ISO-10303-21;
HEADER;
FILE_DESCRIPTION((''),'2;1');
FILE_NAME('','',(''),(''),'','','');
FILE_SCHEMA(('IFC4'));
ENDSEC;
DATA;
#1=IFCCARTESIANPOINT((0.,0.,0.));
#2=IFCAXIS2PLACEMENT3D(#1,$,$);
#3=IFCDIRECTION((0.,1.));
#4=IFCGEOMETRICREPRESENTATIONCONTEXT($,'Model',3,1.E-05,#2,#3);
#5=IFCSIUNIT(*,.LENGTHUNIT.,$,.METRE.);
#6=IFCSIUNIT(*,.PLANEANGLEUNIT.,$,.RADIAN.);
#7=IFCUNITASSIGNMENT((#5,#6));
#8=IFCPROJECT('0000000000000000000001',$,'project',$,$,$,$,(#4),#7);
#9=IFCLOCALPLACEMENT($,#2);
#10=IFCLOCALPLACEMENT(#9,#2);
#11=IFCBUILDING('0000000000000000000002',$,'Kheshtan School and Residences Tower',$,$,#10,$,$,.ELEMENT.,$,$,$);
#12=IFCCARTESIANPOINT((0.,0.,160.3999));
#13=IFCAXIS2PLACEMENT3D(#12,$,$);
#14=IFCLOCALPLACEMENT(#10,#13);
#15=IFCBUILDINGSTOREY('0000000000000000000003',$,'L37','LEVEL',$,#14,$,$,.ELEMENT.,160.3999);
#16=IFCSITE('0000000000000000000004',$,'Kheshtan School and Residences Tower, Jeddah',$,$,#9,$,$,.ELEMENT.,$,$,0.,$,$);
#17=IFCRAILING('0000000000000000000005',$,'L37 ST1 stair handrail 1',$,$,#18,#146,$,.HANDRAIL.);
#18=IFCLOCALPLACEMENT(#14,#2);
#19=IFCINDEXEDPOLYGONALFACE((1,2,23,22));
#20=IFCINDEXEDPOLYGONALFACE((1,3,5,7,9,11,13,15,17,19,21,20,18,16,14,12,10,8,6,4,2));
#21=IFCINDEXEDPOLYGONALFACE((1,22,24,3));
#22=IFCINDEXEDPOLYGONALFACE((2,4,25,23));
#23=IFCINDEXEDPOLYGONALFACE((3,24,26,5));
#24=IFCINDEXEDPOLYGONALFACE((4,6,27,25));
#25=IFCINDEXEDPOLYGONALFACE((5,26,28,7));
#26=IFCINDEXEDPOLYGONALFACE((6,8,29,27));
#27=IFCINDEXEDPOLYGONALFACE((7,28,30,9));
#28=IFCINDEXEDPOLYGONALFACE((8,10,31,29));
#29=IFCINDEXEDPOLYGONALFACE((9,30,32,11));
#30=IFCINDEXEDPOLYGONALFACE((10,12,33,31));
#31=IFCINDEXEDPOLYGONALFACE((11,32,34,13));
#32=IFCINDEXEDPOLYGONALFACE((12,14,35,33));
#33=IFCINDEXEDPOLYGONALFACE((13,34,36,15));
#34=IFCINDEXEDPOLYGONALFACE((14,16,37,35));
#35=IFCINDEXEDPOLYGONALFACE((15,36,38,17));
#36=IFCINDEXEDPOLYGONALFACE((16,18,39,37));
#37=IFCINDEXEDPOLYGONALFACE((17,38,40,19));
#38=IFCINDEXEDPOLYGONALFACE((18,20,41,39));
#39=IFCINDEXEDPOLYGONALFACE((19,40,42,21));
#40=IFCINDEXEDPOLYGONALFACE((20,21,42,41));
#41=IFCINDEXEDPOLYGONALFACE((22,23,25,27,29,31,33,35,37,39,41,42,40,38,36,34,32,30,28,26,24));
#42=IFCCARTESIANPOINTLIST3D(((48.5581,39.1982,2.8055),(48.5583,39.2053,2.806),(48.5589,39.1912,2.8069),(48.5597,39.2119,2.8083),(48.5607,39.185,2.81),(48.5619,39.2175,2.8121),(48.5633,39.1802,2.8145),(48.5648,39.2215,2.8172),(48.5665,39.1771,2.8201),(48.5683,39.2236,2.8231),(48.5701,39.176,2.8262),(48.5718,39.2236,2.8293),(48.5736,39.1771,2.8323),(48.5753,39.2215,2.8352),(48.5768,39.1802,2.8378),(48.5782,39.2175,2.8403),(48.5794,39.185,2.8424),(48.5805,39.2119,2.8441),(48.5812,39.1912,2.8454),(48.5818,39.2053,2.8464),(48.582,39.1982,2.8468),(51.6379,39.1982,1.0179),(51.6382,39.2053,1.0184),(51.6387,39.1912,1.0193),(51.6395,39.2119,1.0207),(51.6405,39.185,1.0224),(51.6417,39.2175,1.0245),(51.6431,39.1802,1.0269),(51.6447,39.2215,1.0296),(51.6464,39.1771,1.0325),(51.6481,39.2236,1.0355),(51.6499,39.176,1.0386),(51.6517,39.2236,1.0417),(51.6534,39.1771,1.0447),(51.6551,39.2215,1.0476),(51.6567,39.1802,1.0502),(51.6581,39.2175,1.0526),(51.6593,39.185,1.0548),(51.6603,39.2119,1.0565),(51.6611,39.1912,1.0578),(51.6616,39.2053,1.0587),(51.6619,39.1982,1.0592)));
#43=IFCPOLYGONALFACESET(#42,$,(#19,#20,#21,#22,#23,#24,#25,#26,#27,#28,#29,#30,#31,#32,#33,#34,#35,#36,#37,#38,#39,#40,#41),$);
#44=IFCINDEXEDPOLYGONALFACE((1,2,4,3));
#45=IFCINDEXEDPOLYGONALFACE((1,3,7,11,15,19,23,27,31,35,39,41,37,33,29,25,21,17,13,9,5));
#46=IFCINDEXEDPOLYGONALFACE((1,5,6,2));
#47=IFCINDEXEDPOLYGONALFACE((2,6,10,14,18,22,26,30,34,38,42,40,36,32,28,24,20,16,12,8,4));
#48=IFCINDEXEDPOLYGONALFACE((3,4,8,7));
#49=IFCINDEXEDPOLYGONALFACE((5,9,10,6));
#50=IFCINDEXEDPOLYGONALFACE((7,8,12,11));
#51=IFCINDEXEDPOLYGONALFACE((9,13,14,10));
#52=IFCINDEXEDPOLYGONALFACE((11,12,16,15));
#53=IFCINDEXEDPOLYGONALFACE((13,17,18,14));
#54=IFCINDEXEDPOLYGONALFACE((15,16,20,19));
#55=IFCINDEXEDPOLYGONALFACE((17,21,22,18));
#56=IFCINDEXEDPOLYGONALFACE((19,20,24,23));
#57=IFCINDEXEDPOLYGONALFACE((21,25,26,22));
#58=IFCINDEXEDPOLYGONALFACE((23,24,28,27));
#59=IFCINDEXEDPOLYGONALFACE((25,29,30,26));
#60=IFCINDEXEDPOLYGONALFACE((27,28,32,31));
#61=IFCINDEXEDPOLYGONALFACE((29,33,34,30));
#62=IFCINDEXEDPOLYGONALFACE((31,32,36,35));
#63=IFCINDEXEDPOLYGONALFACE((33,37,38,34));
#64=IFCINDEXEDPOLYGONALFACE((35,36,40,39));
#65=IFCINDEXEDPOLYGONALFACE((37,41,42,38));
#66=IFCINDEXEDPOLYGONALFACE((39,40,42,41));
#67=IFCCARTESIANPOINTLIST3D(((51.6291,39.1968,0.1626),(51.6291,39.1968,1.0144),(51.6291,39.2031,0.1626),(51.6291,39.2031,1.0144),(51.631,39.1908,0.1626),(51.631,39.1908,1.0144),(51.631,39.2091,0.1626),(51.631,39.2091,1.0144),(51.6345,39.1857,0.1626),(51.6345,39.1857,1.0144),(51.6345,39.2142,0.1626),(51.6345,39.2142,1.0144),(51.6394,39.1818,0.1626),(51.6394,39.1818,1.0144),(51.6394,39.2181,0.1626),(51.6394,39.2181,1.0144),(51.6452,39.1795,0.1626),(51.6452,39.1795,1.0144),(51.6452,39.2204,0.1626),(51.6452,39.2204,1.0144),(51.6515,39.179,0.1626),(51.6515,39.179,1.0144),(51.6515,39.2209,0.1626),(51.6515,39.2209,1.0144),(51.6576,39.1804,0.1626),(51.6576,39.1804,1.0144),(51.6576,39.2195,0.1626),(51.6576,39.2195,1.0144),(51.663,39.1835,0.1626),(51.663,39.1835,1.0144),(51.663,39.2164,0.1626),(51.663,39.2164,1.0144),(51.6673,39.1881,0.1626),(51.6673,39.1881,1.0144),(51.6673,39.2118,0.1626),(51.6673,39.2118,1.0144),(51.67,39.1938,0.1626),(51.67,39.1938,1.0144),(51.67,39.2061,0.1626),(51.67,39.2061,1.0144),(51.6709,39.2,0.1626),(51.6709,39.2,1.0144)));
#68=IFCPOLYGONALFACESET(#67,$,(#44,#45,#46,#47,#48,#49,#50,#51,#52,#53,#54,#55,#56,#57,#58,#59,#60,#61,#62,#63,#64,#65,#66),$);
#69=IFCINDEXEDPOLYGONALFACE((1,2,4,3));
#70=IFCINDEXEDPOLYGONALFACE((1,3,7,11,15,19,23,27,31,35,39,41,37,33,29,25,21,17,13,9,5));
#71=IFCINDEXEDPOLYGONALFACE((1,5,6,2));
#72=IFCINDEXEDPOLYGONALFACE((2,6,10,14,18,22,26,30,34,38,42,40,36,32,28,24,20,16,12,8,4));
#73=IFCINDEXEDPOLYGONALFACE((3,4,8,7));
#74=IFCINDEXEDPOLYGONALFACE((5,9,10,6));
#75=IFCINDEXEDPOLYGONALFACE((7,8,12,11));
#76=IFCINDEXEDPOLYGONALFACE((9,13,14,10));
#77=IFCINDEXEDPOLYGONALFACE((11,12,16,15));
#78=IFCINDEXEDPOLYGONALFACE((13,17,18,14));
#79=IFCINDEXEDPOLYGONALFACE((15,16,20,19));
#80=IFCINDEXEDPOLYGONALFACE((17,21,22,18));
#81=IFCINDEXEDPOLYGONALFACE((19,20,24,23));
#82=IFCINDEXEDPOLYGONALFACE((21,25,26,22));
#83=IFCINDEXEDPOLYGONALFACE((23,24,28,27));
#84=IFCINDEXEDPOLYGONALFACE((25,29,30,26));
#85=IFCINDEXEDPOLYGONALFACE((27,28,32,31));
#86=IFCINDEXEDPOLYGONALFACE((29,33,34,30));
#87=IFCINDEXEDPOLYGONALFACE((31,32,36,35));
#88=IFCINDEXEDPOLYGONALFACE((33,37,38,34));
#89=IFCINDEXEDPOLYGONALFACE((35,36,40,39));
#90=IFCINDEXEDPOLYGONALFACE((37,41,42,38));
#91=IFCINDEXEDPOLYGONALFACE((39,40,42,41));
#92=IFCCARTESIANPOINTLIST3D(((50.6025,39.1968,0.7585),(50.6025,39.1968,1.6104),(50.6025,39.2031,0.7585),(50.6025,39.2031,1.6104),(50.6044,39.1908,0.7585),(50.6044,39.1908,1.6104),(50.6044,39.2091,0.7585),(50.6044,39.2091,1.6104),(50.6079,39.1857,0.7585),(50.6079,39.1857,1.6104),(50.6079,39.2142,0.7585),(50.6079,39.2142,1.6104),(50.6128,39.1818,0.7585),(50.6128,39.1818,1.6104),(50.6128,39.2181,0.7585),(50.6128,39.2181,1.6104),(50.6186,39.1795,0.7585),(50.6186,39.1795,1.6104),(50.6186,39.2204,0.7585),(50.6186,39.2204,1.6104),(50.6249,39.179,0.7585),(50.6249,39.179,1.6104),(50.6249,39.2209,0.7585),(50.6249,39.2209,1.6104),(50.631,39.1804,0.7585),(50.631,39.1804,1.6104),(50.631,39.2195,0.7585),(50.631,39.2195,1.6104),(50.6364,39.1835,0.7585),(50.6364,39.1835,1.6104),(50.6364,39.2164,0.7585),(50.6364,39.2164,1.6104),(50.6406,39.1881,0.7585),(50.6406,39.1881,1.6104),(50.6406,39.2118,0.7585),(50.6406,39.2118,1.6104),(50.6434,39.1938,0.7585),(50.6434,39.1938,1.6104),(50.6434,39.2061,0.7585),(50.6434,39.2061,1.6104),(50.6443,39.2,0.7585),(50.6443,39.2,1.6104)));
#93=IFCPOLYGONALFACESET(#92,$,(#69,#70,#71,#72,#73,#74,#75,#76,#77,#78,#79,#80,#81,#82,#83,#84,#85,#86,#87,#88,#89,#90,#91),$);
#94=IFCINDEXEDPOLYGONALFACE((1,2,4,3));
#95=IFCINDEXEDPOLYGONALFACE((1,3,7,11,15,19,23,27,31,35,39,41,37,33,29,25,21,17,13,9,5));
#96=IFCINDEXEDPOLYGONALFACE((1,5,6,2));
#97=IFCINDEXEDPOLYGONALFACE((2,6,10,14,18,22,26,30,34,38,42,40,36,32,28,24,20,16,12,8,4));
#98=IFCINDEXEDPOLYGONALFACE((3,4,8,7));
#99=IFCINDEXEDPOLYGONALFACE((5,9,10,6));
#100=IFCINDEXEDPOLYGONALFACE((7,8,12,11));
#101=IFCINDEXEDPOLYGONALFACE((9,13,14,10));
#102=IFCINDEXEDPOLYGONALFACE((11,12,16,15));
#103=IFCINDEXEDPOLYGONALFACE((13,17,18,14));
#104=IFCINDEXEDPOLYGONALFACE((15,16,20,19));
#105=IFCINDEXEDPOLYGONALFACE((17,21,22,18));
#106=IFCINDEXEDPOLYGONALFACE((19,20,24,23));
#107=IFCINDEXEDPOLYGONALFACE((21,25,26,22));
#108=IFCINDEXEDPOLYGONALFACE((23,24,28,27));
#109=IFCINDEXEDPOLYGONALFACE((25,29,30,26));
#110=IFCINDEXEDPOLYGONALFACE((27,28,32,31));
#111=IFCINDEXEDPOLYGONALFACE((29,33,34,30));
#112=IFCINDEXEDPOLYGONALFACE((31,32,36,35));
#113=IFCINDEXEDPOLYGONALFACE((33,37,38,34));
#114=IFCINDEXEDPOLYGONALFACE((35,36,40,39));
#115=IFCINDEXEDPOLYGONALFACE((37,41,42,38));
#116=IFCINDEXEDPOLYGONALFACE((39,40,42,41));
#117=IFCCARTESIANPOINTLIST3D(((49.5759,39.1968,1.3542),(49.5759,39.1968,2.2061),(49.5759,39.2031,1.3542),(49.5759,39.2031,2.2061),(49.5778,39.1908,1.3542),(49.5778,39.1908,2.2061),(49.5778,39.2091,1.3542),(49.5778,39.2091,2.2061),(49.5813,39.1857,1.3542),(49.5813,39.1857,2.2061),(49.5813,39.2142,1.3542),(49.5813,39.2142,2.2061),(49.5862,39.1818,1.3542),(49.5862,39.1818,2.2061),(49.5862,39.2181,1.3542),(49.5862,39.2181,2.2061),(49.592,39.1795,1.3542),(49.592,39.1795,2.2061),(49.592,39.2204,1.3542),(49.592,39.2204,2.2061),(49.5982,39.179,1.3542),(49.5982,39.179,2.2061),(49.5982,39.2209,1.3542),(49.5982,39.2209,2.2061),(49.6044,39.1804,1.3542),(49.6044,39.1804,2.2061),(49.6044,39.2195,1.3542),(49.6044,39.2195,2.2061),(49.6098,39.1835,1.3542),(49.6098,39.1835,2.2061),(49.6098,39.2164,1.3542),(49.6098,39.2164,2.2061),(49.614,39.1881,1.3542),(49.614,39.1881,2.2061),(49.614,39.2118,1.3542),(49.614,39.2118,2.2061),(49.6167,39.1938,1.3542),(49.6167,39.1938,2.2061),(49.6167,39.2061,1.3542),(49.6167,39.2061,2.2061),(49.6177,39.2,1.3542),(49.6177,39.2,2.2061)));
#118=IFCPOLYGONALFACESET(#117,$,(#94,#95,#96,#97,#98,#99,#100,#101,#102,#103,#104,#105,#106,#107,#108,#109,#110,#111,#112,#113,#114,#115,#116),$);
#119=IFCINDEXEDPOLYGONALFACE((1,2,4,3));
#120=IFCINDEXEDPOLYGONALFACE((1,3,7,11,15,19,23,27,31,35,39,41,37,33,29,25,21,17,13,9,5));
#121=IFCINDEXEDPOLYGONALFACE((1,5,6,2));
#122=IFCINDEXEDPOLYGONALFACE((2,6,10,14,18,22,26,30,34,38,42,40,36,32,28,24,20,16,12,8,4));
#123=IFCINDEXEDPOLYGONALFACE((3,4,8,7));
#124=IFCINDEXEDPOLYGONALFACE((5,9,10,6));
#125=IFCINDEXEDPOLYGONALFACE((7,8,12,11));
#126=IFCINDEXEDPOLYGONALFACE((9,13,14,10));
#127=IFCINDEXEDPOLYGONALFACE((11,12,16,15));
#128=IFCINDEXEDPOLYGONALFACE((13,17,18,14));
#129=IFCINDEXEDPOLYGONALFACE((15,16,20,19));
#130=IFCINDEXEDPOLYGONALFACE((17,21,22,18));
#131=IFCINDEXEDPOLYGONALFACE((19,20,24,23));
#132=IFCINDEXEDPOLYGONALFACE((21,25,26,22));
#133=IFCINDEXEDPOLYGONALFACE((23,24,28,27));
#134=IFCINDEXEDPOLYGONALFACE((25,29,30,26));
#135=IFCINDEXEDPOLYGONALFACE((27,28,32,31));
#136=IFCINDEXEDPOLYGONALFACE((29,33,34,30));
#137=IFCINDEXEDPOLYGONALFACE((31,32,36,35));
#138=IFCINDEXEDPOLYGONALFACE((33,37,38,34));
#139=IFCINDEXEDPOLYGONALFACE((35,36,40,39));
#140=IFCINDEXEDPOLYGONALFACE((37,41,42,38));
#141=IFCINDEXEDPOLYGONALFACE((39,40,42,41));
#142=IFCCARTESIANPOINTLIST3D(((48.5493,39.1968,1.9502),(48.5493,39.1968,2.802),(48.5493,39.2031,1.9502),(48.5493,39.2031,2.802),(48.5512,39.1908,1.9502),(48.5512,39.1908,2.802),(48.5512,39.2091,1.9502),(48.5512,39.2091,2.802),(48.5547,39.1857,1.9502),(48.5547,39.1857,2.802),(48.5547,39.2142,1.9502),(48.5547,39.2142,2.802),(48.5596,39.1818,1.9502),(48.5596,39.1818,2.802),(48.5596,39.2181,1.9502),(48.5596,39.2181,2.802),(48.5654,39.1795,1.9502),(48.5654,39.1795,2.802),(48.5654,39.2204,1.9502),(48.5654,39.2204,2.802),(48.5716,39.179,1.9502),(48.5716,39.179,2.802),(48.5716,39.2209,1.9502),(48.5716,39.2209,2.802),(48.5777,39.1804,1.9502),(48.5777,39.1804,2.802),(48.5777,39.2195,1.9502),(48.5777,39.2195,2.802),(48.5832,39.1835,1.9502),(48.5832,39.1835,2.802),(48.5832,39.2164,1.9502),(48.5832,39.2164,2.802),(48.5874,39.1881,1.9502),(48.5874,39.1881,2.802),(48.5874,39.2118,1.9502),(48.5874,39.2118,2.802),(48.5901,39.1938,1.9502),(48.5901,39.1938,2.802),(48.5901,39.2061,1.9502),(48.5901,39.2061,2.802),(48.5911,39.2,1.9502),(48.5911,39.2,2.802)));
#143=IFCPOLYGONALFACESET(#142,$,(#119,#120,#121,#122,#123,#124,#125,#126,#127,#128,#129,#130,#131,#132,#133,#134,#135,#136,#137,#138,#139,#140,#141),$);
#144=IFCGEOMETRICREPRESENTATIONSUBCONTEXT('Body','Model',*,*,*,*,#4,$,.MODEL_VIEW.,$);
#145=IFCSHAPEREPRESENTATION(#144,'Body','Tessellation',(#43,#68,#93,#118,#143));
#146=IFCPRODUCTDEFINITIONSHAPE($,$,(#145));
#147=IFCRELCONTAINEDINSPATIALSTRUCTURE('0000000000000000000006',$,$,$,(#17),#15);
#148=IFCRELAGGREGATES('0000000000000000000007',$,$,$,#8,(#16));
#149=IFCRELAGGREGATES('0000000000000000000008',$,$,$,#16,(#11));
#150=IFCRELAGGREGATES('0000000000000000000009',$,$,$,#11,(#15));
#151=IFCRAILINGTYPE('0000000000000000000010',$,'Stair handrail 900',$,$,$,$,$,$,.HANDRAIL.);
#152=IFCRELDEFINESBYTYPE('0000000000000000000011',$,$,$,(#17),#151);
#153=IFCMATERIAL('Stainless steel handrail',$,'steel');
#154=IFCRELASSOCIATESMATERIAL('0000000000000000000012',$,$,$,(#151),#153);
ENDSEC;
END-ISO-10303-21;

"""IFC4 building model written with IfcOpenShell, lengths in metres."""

from ifc_helpers import new_model, si_unit, direction, frame, origin, origin_2d, place, context, subcontext, project, spatial, circle, extrude, material, type_object, element, save


model = new_model("IFC4")

# Units and contexts
model_context = context("Model", 3, precision=1e-05, world=origin(), true_north=direction((0.0, 1.0)))
body_context = subcontext(model_context, "Body", "Model", "MODEL_VIEW")
ifc_project = project(units=[si_unit("LENGTHUNIT", "METRE"), si_unit("PLANEANGLEUNIT", "RADIAN")], contexts=[model_context])

# Site, building, storey
site_placement = place(None, origin())
site = spatial("IfcSite", under=ifc_project, at=site_placement, Name="Kheshtan School and Residences Tower, Jeddah", CompositionType="ELEMENT", RefElevation=0.0)
building_placement = place(site_placement, origin())
building = spatial("IfcBuilding", under=site, at=building_placement, Name="Kheshtan School and Residences Tower", CompositionType="ELEMENT")
storey_placement = place(building_placement, frame((0.0, 0.0, 160.3999)))
storey = spatial("IfcBuildingStorey", under=building, at=storey_placement, Name="L37", Description="LEVEL", CompositionType="ELEMENT", Elevation=160.3999)

# Railing
ifc_material_1 = material(Name="Stainless steel handrail", Category="steel")
railing_type_1 = type_object("IfcRailingType", Name="Stair handrail 900", PredefinedType="HANDRAIL", material=ifc_material_1)
railing_1_placement = place(storey_placement, frame((51.6499, 39.2, 0.1626)))
element("IfcRailing", 1, at=railing_1_placement, inside=storey, type_object=railing_type_1, Name="L37 ST1 stair handrail 1", PredefinedType="HANDRAIL", context=body_context, shape_type="SweptSolid", body=[
    extrude(circle(Radius=0.0239, at=origin_2d()), frame((0.0, 0.0, 0.876), z_axis=(-0.864873, 0.0, 0.50199), x_axis=(0.0, -1.0, 0.0)), (0.0, 0.0, 1.0), 3.561),
    extrude(circle(Radius=0.021, at=origin_2d()), origin(), (0.0, 0.0, 1.0), 0.8518),
    extrude(circle(Radius=0.021, at=origin_2d()), frame((-1.0266, 0.0, 0.5959)), (0.0, 0.0, 1.0), 0.8518),
    extrude(circle(Radius=0.021, at=origin_2d()), frame((-2.0532, 0.0, 1.1917)), (0.0, 0.0, 1.0), 0.8518),
    extrude(circle(Radius=0.021, at=origin_2d()), frame((-3.0798, 0.0, 1.7876)), (0.0, 0.0, 1.0), 0.8518),
])

save(model, "model.ifc")
